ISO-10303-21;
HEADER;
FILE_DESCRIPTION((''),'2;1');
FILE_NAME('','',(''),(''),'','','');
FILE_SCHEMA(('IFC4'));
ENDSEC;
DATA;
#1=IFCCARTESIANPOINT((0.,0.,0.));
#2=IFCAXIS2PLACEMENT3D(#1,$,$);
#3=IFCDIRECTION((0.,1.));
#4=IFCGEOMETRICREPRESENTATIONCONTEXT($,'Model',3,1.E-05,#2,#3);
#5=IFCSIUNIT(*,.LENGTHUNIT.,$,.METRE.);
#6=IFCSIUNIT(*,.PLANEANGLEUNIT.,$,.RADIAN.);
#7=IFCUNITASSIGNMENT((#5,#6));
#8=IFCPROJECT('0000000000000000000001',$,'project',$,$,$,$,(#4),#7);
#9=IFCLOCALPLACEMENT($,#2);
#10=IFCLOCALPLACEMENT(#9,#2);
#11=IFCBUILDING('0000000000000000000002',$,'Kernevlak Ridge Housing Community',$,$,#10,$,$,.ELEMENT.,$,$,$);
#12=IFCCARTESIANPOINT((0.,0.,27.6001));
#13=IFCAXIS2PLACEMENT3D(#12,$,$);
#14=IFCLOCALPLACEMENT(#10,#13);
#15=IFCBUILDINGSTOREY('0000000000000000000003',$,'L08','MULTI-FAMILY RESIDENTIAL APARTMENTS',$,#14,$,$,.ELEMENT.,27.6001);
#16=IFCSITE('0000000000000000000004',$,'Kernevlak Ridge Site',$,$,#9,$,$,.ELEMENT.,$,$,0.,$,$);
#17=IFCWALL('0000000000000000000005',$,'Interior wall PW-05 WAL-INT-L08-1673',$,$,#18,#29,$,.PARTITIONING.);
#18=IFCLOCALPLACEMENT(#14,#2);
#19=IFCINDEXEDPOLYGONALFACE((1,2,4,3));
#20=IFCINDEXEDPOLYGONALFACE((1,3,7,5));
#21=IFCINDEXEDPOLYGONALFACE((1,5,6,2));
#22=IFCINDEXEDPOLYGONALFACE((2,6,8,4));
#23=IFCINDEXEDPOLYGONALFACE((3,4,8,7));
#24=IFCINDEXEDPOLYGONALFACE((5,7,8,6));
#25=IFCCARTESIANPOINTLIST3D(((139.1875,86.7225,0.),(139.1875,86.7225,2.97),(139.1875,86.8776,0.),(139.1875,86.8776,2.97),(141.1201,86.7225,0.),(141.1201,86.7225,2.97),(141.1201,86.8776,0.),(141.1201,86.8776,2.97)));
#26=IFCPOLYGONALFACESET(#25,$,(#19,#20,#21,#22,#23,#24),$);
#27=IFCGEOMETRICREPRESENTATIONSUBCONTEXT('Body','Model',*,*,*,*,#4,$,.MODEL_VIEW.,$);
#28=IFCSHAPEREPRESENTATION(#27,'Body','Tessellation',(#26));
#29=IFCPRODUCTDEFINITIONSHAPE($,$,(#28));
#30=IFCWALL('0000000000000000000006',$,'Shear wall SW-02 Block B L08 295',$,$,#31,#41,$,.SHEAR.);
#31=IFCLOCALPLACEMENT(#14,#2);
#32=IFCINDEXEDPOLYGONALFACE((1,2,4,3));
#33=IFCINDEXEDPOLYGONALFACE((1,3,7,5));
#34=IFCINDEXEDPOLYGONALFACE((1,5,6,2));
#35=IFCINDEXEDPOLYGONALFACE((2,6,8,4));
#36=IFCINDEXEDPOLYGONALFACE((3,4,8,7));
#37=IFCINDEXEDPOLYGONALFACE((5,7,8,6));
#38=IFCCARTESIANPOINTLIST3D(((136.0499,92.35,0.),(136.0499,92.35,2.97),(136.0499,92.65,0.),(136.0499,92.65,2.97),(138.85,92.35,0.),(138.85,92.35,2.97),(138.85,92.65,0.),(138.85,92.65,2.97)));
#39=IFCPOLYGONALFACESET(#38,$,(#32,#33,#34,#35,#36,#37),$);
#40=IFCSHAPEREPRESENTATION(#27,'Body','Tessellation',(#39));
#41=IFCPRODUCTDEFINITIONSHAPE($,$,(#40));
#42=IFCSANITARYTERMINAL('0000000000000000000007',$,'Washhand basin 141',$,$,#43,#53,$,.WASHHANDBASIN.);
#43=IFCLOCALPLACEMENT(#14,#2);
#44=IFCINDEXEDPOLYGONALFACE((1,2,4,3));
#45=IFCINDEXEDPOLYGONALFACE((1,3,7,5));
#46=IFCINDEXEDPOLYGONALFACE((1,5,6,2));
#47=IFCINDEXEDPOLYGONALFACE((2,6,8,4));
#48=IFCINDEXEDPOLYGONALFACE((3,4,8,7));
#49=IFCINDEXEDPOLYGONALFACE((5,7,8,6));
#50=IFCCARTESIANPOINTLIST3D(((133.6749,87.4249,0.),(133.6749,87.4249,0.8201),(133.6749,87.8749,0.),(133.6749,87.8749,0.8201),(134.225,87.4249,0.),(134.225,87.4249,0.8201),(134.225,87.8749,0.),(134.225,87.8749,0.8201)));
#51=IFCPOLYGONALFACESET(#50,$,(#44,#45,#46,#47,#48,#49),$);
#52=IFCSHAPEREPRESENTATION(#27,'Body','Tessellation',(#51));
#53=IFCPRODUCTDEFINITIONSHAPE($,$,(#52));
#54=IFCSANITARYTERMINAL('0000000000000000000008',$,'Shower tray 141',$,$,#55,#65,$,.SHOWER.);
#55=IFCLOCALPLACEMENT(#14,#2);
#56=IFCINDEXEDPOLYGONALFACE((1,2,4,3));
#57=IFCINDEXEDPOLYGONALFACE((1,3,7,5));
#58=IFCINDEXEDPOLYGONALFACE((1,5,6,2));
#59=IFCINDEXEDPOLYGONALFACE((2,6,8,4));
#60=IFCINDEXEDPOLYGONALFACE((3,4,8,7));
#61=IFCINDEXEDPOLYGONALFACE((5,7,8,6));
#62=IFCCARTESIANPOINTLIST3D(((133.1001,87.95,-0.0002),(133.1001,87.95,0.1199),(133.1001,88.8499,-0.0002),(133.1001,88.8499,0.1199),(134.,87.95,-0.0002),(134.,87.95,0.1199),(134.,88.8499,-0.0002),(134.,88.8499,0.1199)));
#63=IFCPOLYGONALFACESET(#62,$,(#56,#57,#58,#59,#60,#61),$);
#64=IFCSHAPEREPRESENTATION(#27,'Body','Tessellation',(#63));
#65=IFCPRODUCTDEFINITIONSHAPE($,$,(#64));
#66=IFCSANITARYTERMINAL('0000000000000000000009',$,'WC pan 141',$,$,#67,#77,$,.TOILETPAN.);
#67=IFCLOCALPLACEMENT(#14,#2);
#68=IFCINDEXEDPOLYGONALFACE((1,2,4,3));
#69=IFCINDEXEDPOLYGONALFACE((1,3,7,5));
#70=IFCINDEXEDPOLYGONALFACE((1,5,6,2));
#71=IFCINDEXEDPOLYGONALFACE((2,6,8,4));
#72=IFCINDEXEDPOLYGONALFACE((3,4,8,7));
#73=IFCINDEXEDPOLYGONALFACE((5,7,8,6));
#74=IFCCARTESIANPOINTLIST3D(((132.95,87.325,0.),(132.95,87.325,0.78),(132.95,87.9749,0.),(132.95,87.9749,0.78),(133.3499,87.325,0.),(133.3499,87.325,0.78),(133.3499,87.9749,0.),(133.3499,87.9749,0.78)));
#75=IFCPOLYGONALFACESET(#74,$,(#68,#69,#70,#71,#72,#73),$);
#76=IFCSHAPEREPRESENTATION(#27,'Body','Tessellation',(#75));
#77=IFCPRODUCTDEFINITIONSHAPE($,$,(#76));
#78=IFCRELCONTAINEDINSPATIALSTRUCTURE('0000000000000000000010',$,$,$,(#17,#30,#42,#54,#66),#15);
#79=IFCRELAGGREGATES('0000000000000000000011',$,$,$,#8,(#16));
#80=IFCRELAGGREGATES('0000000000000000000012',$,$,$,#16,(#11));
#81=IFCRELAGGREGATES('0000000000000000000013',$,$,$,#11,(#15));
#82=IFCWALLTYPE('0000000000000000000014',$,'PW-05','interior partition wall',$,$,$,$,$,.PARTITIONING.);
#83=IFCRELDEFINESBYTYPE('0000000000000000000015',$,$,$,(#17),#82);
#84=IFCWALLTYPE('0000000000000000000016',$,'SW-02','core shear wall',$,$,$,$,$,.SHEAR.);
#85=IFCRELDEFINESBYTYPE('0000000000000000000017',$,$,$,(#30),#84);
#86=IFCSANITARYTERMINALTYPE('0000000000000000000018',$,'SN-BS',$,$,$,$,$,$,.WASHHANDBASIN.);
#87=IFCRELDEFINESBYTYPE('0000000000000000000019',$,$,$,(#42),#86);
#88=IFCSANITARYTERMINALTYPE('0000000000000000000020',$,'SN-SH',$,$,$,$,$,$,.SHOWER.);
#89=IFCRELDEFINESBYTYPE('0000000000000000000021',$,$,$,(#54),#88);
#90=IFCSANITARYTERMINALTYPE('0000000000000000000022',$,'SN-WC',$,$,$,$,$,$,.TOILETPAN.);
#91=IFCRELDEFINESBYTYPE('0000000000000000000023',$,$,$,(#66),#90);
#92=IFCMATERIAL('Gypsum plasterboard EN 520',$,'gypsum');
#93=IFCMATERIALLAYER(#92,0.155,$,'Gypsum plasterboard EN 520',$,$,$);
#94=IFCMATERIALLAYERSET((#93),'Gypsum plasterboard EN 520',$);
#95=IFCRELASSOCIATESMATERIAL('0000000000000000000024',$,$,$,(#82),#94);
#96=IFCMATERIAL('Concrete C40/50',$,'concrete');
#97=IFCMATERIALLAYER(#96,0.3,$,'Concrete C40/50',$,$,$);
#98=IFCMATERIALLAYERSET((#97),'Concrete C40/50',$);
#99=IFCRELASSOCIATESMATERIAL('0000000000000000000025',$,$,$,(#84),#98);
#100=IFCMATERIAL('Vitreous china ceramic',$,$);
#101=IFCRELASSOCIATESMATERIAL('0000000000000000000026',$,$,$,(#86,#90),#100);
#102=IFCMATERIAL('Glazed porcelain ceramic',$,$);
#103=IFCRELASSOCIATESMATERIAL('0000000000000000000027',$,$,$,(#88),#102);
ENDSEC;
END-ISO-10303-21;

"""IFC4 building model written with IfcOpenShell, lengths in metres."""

from ifc_helpers import new_model, si_unit, direction, frame, frame_2d, origin, origin_2d, place, context, subcontext, project, spatial, rectangle, extrude, material, layer, layer_set, type_object, element, save


model = new_model("IFC4")

# Units and contexts
model_context = context("Model", 3, precision=1e-05, world=origin(), true_north=direction((0.0, 1.0)))
body_context = subcontext(model_context, "Body", "Model", "MODEL_VIEW")
ifc_project = project(units=[si_unit("LENGTHUNIT", "METRE"), si_unit("PLANEANGLEUNIT", "RADIAN")], contexts=[model_context])

# Site, building, storey
site_placement = place(None, origin())
site = spatial("IfcSite", under=ifc_project, at=site_placement, Name="Kernevlak Ridge Site", CompositionType="ELEMENT", RefElevation=0.0)
building_placement = place(site_placement, origin())
building = spatial("IfcBuilding", under=site, at=building_placement, Name="Kernevlak Ridge Housing Community", CompositionType="ELEMENT")
storey_placement = place(building_placement, frame((0.0, 0.0, 27.6001)))
storey = spatial("IfcBuildingStorey", under=building, at=storey_placement, Name="L08", Description="MULTI-FAMILY RESIDENTIAL APARTMENTS", CompositionType="ELEMENT", Elevation=27.6001)

# Shared definitions
ifc_material_1 = material(Name="Concrete C40/50", Category="concrete")

# Shared definitions
ifc_material_2 = material(Name="Gypsum plasterboard EN 520", Category="gypsum")

# Shared definitions
ifc_layer_1 = layer(ifc_material_2, 0.155, Name="Gypsum plasterboard EN 520")
ifc_layer_set_1 = layer_set([ifc_layer_1], Name="Gypsum plasterboard EN 520")
wall_type_1 = type_object("IfcWallType", Name="PW-05", Description="interior partition wall", PredefinedType="PARTITIONING", material=ifc_layer_set_1)

# Walls
wall_1_placement = place(storey_placement, frame((139.1875, 86.8, 0.0), z_axis=(0.0, 0.0, 1.0), x_axis=(1.0, 0.0, 0.0)))
element("IfcWall", 1, at=wall_1_placement, inside=storey, type_object=wall_type_1, Name="Interior wall PW-05 WAL-INT-L08-1673", PredefinedType="PARTITIONING", context=body_context, shape_type="SweptSolid", body=[
    extrude(rectangle(XDim=1.9326, YDim=0.155, at=frame_2d((0.9663, 0.0))), origin(), (0.0, 0.0, 1.0), 2.97),
])
ifc_layer_2 = layer(ifc_material_1, 0.3, Name="Concrete C40/50")
ifc_layer_set_2 = layer_set([ifc_layer_2], Name="Concrete C40/50")
wall_type_2 = type_object("IfcWallType", Name="SW-02", Description="core shear wall", PredefinedType="SHEAR", material=ifc_layer_set_2)
wall_2_placement = place(storey_placement, frame((136.05, 92.5, 0.0), z_axis=(0.0, 0.0, 1.0), x_axis=(1.0, 0.0, 0.0)))
element("IfcWall", 2, at=wall_2_placement, inside=storey, type_object=wall_type_2, Name="Shear wall SW-02 Block B L08 295", PredefinedType="SHEAR", context=body_context, shape_type="SweptSolid", body=[
    extrude(rectangle(XDim=2.8, YDim=0.3, at=frame_2d((1.3999, 0.0))), origin(), (0.0, 0.0, 1.0), 2.97),
])

# Sanitary terminals
ifc_material_3 = material(Name="Vitreous china ceramic")
sanitary_terminal_type_1 = type_object("IfcSanitaryTerminalType", Name="SN-BS", PredefinedType="WASHHANDBASIN", material=ifc_material_3)
sanitary_terminal_1_placement = place(storey_placement, frame((133.95, 87.6499, 0.0), z_axis=(0.0, 0.0, 1.0), x_axis=(1.0, 0.0, 0.0)))
element("IfcSanitaryTerminal", 3, at=sanitary_terminal_1_placement, inside=storey, type_object=sanitary_terminal_type_1, Name="Washhand basin 141", PredefinedType="WASHHANDBASIN", context=body_context, shape_type="SweptSolid", body=[
    extrude(rectangle(XDim=0.55, YDim=0.45, at=origin_2d()), origin(), (0.0, 0.0, 1.0), 0.8201),
])
ifc_material_4 = material(Name="Glazed porcelain ceramic")
sanitary_terminal_type_2 = type_object("IfcSanitaryTerminalType", Name="SN-SH", PredefinedType="SHOWER", material=ifc_material_4)
sanitary_terminal_2_placement = place(storey_placement, frame((133.55, 88.3999, -0.0002), z_axis=(0.0, 0.0, 1.0), x_axis=(1.0, 0.0, 0.0)))
element("IfcSanitaryTerminal", 4, at=sanitary_terminal_2_placement, inside=storey, type_object=sanitary_terminal_type_2, Name="Shower tray 141", PredefinedType="SHOWER", context=body_context, shape_type="SweptSolid", body=[
    extrude(rectangle(XDim=0.8999, YDim=0.8999, at=origin_2d()), origin(), (0.0, 0.0, 1.0), 0.1201),
])
sanitary_terminal_type_3 = type_object("IfcSanitaryTerminalType", Name="SN-WC", PredefinedType="TOILETPAN", material=ifc_material_3)
sanitary_terminal_3_placement = place(storey_placement, frame((133.1499, 87.6499, 0.0), z_axis=(0.0, 0.0, 1.0), x_axis=(1.0, 0.0, 0.0)))
element("IfcSanitaryTerminal", 5, at=sanitary_terminal_3_placement, inside=storey, type_object=sanitary_terminal_type_3, Name="WC pan 141", PredefinedType="TOILETPAN", context=body_context, shape_type="SweptSolid", body=[
    extrude(rectangle(XDim=0.3999, YDim=0.6499, at=origin_2d()), origin(), (0.0, 0.0, 1.0), 0.78),
])

save(model, "model.ifc")
